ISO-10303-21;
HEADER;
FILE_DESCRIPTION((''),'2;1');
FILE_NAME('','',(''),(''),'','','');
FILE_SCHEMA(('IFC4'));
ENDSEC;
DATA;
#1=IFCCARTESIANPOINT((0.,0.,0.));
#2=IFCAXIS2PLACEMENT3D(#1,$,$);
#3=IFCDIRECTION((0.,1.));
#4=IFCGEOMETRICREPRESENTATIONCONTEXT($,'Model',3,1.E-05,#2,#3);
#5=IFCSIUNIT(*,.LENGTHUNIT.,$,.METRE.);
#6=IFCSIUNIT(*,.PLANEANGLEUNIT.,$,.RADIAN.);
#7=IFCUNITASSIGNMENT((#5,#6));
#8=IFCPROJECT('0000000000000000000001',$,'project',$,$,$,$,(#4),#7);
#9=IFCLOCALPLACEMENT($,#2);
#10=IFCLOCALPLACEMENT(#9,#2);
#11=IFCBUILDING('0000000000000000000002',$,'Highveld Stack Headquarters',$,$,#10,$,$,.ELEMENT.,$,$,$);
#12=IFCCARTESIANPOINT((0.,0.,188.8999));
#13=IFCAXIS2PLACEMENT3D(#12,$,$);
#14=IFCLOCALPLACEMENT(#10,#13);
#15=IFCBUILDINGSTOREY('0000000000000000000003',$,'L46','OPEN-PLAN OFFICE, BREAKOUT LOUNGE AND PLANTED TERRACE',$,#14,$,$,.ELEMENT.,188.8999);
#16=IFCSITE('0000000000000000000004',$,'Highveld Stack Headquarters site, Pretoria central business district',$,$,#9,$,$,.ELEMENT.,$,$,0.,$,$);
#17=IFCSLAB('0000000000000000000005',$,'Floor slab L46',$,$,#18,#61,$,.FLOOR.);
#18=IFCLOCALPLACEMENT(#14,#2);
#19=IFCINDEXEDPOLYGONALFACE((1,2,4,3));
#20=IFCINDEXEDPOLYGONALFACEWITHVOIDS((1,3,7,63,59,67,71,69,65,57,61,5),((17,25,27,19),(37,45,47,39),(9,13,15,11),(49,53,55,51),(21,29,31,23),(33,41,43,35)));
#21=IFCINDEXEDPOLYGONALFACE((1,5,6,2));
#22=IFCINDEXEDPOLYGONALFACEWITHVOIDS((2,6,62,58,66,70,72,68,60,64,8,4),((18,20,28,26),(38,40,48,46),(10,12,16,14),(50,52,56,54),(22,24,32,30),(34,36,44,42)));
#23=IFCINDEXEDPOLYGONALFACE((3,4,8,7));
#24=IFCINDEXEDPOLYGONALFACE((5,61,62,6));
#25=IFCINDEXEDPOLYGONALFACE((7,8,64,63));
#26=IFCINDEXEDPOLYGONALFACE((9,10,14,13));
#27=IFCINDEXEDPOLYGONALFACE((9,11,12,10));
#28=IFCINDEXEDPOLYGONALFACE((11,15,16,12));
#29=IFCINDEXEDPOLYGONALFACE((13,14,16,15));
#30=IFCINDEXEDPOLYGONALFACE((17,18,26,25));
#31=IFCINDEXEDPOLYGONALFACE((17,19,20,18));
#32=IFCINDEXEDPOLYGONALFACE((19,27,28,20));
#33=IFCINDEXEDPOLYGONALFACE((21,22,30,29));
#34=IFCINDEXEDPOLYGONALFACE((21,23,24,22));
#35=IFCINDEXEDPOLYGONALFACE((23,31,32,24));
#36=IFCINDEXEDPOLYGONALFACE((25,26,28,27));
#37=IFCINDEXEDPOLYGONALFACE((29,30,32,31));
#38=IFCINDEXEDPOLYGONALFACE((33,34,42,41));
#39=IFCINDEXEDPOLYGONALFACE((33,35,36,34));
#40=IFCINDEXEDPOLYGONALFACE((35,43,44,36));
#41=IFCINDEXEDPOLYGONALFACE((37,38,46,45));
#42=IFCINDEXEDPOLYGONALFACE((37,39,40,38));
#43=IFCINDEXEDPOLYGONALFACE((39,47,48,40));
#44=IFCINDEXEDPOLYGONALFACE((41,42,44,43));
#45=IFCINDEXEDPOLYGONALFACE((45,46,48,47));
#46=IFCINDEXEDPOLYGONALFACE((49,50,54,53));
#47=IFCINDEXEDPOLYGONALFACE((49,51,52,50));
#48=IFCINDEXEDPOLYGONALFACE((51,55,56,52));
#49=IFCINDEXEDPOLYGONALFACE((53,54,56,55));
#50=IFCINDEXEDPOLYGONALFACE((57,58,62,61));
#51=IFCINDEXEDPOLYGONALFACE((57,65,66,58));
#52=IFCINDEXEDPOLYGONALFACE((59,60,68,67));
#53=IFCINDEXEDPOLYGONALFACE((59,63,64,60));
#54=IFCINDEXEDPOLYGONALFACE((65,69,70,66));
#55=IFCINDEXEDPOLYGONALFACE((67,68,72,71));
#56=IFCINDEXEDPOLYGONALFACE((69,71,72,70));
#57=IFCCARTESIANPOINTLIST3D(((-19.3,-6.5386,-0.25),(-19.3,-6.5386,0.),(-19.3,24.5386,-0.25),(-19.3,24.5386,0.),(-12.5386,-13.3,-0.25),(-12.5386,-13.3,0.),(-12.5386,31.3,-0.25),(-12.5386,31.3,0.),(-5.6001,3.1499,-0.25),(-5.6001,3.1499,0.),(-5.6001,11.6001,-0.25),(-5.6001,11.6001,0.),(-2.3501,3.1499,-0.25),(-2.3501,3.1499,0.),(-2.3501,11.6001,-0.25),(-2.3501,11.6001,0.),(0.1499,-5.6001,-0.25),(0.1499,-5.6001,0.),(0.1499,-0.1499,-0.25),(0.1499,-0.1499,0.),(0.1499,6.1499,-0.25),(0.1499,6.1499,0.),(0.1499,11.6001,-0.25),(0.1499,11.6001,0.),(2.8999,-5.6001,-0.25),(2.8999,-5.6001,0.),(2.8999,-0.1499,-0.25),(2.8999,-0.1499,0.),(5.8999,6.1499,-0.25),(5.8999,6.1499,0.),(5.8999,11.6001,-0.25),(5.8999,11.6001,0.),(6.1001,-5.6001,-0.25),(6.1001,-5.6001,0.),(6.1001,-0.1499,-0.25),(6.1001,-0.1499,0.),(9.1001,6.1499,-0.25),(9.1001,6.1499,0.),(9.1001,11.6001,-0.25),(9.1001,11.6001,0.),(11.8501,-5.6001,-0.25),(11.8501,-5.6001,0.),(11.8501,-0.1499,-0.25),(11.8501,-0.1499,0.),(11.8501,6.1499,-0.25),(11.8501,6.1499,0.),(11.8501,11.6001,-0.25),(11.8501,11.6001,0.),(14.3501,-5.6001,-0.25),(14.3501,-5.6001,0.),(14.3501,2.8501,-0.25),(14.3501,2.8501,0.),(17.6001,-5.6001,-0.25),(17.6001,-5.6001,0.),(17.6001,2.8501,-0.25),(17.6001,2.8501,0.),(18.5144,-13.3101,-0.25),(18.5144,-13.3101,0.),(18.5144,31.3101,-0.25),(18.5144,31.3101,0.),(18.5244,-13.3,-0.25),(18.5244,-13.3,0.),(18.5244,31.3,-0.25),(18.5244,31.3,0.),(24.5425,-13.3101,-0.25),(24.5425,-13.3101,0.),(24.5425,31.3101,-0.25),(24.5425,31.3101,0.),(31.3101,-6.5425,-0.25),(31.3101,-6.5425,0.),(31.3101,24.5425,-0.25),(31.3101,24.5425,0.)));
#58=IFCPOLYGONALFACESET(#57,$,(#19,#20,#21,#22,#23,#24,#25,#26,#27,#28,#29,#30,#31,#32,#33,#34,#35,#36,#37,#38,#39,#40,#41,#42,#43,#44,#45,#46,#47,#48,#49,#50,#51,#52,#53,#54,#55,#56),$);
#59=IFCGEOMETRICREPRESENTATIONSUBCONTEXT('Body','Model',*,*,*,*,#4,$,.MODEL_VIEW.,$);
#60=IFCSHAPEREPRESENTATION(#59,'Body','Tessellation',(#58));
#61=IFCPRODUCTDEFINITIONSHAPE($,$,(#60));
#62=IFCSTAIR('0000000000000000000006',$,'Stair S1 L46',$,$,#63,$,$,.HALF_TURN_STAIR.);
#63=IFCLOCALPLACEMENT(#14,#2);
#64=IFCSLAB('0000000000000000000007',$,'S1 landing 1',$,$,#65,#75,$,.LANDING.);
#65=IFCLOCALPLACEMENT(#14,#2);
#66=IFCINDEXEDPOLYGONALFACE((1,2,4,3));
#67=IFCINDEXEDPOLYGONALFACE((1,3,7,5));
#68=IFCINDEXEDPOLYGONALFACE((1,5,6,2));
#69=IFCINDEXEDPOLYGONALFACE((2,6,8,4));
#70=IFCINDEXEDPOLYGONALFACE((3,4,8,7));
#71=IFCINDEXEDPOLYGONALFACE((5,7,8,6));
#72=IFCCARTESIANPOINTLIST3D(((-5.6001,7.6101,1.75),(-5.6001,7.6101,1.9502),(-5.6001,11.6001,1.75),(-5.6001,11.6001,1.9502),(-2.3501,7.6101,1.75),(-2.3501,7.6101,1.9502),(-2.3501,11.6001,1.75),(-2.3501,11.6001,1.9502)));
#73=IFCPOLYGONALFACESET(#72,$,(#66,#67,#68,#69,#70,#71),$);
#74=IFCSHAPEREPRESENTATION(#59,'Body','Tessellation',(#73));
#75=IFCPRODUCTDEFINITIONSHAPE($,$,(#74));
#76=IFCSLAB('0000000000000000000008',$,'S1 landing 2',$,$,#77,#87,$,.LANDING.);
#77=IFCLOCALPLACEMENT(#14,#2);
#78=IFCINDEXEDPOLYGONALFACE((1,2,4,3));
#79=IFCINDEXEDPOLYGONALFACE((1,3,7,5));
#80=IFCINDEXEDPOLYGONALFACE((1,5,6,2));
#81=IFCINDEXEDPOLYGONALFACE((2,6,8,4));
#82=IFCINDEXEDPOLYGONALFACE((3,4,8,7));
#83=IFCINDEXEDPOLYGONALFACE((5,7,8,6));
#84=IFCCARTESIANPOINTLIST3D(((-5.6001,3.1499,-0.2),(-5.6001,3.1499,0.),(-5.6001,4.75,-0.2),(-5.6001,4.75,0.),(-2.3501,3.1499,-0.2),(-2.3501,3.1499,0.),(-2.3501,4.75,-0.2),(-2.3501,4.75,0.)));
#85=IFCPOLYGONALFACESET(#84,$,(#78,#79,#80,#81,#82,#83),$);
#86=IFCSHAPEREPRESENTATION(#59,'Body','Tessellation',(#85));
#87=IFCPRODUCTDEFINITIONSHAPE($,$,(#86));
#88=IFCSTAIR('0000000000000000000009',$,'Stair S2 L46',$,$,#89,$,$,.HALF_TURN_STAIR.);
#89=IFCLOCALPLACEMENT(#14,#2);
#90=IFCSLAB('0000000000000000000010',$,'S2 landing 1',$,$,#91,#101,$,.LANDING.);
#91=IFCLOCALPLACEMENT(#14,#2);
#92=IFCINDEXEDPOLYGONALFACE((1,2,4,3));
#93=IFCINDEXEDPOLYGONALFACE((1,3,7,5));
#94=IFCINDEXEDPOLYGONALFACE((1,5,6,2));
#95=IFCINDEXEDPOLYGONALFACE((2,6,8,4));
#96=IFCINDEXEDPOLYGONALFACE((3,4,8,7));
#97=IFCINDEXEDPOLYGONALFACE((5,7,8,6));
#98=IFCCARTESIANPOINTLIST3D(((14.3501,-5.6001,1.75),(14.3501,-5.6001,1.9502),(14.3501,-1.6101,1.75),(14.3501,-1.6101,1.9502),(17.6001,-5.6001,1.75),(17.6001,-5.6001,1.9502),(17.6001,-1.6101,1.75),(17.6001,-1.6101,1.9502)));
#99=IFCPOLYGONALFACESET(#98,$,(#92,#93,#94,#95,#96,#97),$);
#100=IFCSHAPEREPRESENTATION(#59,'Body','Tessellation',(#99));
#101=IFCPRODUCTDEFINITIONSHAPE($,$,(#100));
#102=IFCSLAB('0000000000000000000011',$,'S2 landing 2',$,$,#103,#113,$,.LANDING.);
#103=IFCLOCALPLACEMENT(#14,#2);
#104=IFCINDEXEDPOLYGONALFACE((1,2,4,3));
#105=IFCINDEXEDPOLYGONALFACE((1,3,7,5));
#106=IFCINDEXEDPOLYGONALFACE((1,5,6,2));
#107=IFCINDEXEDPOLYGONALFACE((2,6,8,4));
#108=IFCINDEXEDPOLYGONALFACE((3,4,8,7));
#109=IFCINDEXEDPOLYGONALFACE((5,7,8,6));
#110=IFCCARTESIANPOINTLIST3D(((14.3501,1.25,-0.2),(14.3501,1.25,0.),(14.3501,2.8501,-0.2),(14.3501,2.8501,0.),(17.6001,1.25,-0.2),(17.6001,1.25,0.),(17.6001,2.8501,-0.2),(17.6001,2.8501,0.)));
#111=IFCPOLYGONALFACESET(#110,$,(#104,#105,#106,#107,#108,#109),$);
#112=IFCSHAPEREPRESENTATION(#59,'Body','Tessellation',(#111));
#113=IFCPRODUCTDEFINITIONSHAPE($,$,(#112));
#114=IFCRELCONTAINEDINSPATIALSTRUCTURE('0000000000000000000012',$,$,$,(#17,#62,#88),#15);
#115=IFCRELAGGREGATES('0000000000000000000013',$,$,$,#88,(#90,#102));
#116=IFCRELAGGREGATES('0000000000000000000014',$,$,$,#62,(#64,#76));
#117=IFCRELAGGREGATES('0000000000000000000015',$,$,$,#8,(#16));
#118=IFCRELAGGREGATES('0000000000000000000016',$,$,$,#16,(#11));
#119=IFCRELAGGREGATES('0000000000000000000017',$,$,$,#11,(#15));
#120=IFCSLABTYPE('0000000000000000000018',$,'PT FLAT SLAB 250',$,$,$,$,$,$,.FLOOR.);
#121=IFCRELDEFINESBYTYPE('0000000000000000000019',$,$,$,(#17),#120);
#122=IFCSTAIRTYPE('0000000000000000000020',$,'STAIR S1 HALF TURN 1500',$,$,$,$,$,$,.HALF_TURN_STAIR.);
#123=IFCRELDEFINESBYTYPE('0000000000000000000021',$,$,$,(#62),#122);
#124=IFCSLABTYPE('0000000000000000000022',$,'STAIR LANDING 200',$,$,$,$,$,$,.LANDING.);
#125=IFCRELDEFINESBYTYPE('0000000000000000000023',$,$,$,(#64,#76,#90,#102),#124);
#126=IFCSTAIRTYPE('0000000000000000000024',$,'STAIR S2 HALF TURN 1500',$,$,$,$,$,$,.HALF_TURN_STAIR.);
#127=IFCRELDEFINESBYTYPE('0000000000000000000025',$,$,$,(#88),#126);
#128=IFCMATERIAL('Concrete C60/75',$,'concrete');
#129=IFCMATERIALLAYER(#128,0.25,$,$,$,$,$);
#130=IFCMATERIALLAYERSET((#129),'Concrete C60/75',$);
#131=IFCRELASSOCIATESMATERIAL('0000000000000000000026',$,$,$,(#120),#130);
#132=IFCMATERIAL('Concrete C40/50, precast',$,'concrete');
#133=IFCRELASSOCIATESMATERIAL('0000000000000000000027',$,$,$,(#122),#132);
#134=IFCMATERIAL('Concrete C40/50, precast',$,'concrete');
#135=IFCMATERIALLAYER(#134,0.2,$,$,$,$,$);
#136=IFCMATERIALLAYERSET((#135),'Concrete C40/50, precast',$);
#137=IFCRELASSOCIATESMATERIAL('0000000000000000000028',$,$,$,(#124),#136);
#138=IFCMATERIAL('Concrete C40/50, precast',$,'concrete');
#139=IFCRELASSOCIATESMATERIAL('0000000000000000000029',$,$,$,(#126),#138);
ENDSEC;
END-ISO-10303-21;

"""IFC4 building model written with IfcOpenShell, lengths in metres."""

from ifc_helpers import new_model, si_unit, direction, frame, origin, place, context, subcontext, project, spatial, polyline, outline, extrude, material, layer, layer_set, type_object, element, aggregate, save


model = new_model("IFC4")

# Units and contexts
model_context = context("Model", 3, precision=1e-05, world=origin(), true_north=direction((0.0, 1.0)))
body_context = subcontext(model_context, "Body", "Model", "MODEL_VIEW")
ifc_project = project(units=[si_unit("LENGTHUNIT", "METRE"), si_unit("PLANEANGLEUNIT", "RADIAN")], contexts=[model_context])

# Site, building, storey
site_placement = place(None, origin())
site = spatial("IfcSite", under=ifc_project, at=site_placement, Name="Highveld Stack Headquarters site, Pretoria central business district", CompositionType="ELEMENT", RefElevation=0.0)
building_placement = place(site_placement, origin())
building = spatial("IfcBuilding", under=site, at=building_placement, Name="Highveld Stack Headquarters", CompositionType="ELEMENT")
storey_placement = place(building_placement, frame((0.0, 0.0, 188.8999)))
storey = spatial("IfcBuildingStorey", under=building, at=storey_placement, Name="L46", Description="OPEN-PLAN OFFICE, BREAKOUT LOUNGE AND PLANTED TERRACE", CompositionType="ELEMENT", Elevation=188.8999)

# Slab
ifc_material_1 = material(Name="Concrete C60/75", Category="concrete")
ifc_layer_1 = layer(ifc_material_1, 0.25)
ifc_layer_set_1 = layer_set([ifc_layer_1], Name="Concrete C60/75")
slab_type_1 = type_object("IfcSlabType", Name="PT FLAT SLAB 250", PredefinedType="FLOOR", material=ifc_layer_set_1)
slab_1_placement = place(storey_placement, frame((0.0, 0.0, -0.25)))
element("IfcSlab", 1, at=slab_1_placement, inside=storey, type_object=slab_type_1, Name="Floor slab L46", PredefinedType="FLOOR", context=body_context, shape_type="SweptSolid", body=[
    extrude(outline(polyline([(-12.5386, -13.3), (-19.3, -6.5386), (-19.3, 24.5386), (-12.5386, 31.3), (18.5244, 31.3), (18.5144, 31.3101), (24.5425, 31.3101), (31.3101, 24.5425), (31.3101, -6.5425), (24.5425, -13.3101), (18.5144, -13.3101), (18.5244, -13.3), (-12.5386, -13.3)]), holes=[polyline([(0.1499, 6.1499), (5.8999, 6.1499), (5.8999, 11.6001), (0.1499, 11.6001), (0.1499, 6.1499)]), polyline([(9.1001, 6.1499), (11.8501, 6.1499), (11.8501, 11.6001), (9.1001, 11.6001), (9.1001, 6.1499)]), polyline([(6.1001, -5.6001), (11.8501, -5.6001), (11.8501, -0.1499), (6.1001, -0.1499), (6.1001, -5.6001)]), polyline([(0.1499, -5.6001), (2.8999, -5.6001), (2.8999, -0.1499), (0.1499, -0.1499), (0.1499, -5.6001)]), polyline([(-5.6001, 3.1499), (-2.3501, 3.1499), (-2.3501, 11.6001), (-5.6001, 11.6001), (-5.6001, 3.1499)]), polyline([(14.3501, -5.6001), (17.6001, -5.6001), (17.6001, 2.8501), (14.3501, 2.8501), (14.3501, -5.6001)])]), origin(), (0.0, 0.0, 1.0), 0.25),
])

# Stairs, slabs
ifc_material_2 = material(Name="Concrete C40/50, precast", Category="concrete")
stair_type_1 = type_object("IfcStairType", Name="STAIR S1 HALF TURN 1500", PredefinedType="HALF_TURN_STAIR", material=ifc_material_2)
stair_1_placement = place(storey_placement, origin())
stair_1 = element("IfcStair", 2, at=stair_1_placement, inside=storey, type_object=stair_type_1, Name="Stair S1 L46", PredefinedType="HALF_TURN_STAIR")
ifc_material_3 = material(Name="Concrete C40/50, precast", Category="concrete")
ifc_layer_2 = layer(ifc_material_3, 0.2)
ifc_layer_set_2 = layer_set([ifc_layer_2], Name="Concrete C40/50, precast")
slab_type_2 = type_object("IfcSlabType", Name="STAIR LANDING 200", PredefinedType="LANDING", material=ifc_layer_set_2)
slab_2_placement = place(storey_placement, frame((0.0, 0.0, 1.75)))
slab_2 = element("IfcSlab", 3, at=slab_2_placement, type_object=slab_type_2, Name="S1 landing 1", PredefinedType="LANDING", context=body_context, shape_type="SweptSolid", body=[
    extrude(outline(polyline([(-5.6001, 7.6101), (-2.3501, 7.6101), (-2.3501, 11.6001), (-5.6001, 11.6001), (-5.6001, 7.6101)])), origin(), (0.0, 0.0, 1.0), 0.2002),
])
slab_3_placement = place(storey_placement, frame((0.0, 0.0, -0.2)))
slab_3 = element("IfcSlab", 4, at=slab_3_placement, type_object=slab_type_2, Name="S1 landing 2", PredefinedType="LANDING", context=body_context, shape_type="SweptSolid", body=[
    extrude(outline(polyline([(-5.6001, 3.1499), (-2.3501, 3.1499), (-2.3501, 4.75), (-5.6001, 4.75), (-5.6001, 3.1499)])), origin(), (0.0, 0.0, 1.0), 0.2),
])
ifc_material_4 = material(Name="Concrete C40/50, precast", Category="concrete")
stair_type_2 = type_object("IfcStairType", Name="STAIR S2 HALF TURN 1500", PredefinedType="HALF_TURN_STAIR", material=ifc_material_4)
stair_2_placement = place(storey_placement, origin())
stair_2 = element("IfcStair", 5, at=stair_2_placement, inside=storey, type_object=stair_type_2, Name="Stair S2 L46", PredefinedType="HALF_TURN_STAIR")
slab_4_placement = place(storey_placement, frame((0.0, 0.0, 1.75)))
slab_4 = element("IfcSlab", 6, at=slab_4_placement, type_object=slab_type_2, Name="S2 landing 1", PredefinedType="LANDING", context=body_context, shape_type="SweptSolid", body=[
    extrude(outline(polyline([(14.3501, -5.6001), (17.6001, -5.6001), (17.6001, -1.6101), (14.3501, -1.6101), (14.3501, -5.6001)])), origin(), (0.0, 0.0, 1.0), 0.2002),
])
slab_5_placement = place(storey_placement, frame((0.0, 0.0, -0.2)))
slab_5 = element("IfcSlab", 7, at=slab_5_placement, type_object=slab_type_2, Name="S2 landing 2", PredefinedType="LANDING", context=body_context, shape_type="SweptSolid", body=[
    extrude(outline(polyline([(14.3501, 1.25), (17.6001, 1.25), (17.6001, 2.8501), (14.3501, 2.8501), (14.3501, 1.25)])), origin(), (0.0, 0.0, 1.0), 0.2),
])
aggregate(stair_2, [slab_4, slab_5])

aggregate(stair_1, [slab_2, slab_3])

save(model, "model.ifc")
